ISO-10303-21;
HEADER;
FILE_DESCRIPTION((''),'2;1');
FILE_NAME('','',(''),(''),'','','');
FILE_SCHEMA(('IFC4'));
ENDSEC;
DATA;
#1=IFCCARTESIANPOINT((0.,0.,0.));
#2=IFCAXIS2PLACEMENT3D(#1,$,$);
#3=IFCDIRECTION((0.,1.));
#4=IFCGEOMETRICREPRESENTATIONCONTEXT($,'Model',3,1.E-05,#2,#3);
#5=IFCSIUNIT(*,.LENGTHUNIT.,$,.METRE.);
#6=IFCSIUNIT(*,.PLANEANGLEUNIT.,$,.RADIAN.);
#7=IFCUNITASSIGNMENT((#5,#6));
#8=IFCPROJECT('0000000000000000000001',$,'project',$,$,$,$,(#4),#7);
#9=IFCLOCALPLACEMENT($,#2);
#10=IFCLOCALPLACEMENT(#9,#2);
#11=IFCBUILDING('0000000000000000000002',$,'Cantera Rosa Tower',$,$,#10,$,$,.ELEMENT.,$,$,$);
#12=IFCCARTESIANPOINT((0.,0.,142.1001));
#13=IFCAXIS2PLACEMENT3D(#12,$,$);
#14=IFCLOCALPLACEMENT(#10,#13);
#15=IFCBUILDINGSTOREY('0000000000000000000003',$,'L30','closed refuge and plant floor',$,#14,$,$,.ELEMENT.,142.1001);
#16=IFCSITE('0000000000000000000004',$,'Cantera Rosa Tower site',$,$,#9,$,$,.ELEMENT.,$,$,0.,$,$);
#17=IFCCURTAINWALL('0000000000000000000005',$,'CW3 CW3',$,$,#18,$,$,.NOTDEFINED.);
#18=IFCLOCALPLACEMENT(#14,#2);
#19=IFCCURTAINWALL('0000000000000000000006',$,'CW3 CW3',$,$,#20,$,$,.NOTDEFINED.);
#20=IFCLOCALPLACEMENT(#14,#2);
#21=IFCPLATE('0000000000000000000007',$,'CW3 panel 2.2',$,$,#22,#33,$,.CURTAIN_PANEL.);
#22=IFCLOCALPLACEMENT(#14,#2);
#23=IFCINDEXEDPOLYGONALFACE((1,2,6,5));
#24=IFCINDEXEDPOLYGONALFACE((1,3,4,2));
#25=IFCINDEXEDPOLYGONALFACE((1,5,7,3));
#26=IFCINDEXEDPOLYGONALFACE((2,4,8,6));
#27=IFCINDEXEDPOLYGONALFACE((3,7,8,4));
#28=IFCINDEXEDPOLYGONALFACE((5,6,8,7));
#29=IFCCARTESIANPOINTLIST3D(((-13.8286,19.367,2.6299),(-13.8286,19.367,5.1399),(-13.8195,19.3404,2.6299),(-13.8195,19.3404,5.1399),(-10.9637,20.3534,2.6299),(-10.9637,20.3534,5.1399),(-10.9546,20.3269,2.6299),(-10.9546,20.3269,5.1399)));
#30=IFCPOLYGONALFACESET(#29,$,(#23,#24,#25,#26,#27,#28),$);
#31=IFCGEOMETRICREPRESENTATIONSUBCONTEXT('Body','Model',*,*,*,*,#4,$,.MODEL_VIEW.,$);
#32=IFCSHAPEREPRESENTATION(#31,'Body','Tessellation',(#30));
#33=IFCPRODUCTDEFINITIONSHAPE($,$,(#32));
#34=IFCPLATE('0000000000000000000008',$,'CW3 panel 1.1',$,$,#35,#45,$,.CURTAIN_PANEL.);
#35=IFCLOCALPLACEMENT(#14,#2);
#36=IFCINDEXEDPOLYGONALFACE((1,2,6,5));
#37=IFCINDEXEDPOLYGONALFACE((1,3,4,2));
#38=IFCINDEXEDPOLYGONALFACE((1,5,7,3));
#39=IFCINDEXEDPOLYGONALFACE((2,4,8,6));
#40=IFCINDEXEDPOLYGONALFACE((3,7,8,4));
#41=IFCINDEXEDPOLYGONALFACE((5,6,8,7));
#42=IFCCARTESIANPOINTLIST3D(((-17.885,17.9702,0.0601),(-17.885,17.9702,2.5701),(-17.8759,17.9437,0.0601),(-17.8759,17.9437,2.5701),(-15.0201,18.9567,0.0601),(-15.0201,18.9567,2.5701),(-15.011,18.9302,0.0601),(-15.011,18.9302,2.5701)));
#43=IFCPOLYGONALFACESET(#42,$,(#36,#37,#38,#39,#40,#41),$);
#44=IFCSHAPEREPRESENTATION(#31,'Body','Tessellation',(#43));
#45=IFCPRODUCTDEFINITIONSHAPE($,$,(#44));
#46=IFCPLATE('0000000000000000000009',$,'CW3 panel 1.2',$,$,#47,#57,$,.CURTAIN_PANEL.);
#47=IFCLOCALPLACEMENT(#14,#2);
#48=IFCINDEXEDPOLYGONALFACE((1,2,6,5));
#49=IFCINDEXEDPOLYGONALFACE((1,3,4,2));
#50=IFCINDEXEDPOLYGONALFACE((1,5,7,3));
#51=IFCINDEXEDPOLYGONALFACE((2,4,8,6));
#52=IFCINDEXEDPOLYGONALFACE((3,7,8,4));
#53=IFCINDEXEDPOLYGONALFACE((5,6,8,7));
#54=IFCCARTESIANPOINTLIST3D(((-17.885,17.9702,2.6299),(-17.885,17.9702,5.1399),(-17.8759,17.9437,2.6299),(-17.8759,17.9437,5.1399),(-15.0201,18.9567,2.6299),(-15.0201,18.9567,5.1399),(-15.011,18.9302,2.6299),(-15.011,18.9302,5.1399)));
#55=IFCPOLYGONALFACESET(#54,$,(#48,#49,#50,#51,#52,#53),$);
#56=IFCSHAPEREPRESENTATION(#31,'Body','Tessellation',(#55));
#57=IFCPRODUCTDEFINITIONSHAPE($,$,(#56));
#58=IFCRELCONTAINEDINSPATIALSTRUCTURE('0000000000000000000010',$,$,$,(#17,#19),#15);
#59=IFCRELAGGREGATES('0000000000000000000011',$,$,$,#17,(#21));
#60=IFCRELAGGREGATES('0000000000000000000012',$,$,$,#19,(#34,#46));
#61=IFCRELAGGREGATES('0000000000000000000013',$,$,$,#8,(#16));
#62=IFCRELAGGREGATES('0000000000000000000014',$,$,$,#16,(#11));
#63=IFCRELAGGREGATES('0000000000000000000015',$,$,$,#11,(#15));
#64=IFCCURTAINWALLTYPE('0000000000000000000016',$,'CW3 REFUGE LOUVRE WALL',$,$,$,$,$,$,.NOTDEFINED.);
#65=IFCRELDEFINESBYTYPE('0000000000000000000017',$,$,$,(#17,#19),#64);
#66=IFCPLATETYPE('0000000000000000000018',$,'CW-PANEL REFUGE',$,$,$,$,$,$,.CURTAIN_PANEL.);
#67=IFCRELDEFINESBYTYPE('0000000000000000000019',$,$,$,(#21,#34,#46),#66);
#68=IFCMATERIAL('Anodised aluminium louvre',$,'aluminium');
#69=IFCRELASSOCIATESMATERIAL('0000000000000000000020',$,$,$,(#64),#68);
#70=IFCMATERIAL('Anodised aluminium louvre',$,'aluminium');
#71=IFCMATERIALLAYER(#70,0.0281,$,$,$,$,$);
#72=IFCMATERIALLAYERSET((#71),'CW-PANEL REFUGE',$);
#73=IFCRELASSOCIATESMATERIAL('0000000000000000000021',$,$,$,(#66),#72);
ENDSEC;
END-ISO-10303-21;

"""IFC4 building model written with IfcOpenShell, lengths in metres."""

from ifc_helpers import new_model, si_unit, direction, frame, origin, origin_2d, place, context, subcontext, project, spatial, rectangle, extrude, material, layer, layer_set, type_object, element, aggregate, save


model = new_model("IFC4")

# Units and contexts
model_context = context("Model", 3, precision=1e-05, world=origin(), true_north=direction((0.0, 1.0)))
body_context = subcontext(model_context, "Body", "Model", "MODEL_VIEW")
ifc_project = project(units=[si_unit("LENGTHUNIT", "METRE"), si_unit("PLANEANGLEUNIT", "RADIAN")], contexts=[model_context])

# Site, building, storey
site_placement = place(None, origin())
site = spatial("IfcSite", under=ifc_project, at=site_placement, Name="Cantera Rosa Tower site", CompositionType="ELEMENT", RefElevation=0.0)
building_placement = place(site_placement, origin())
building = spatial("IfcBuilding", under=site, at=building_placement, Name="Cantera Rosa Tower", CompositionType="ELEMENT")
storey_placement = place(building_placement, frame((0.0, 0.0, 142.1001)))
storey = spatial("IfcBuildingStorey", under=building, at=storey_placement, Name="L30", Description="closed refuge and plant floor", CompositionType="ELEMENT", Elevation=142.1001)

# Curtain wall
ifc_material_1 = material(Name="Anodised aluminium louvre", Category="aluminium")
curtain_wall_type = type_object("IfcCurtainWallType", Name="CW3 REFUGE LOUVRE WALL", PredefinedType="NOTDEFINED", material=ifc_material_1)
curtain_wall_1_placement = place(storey_placement, origin())
curtain_wall_1 = element("IfcCurtainWall", 1, at=curtain_wall_1_placement, inside=storey, type_object=curtain_wall_type, Name="CW3 CW3", PredefinedType="NOTDEFINED")

# Curtain wall
curtain_wall_2_placement = place(storey_placement, origin())
curtain_wall_2 = element("IfcCurtainWall", 2, at=curtain_wall_2_placement, inside=storey, type_object=curtain_wall_type, Name="CW3 CW3", PredefinedType="NOTDEFINED")

# Plates
ifc_material_2 = material(Name="Anodised aluminium louvre", Category="aluminium")
ifc_layer = layer(ifc_material_2, 0.0281)
ifc_layer_set = layer_set([ifc_layer], Name="CW-PANEL REFUGE")
plate_type = type_object("IfcPlateType", Name="CW-PANEL REFUGE", PredefinedType="CURTAIN_PANEL", material=ifc_layer_set)
plate_1_placement = place(storey_placement, frame((-12.3916, 19.8469, 2.6299), z_axis=(0.0, 0.0, 1.0), x_axis=(-0.945519, -0.325568, 0.0)))
plate_1 = element("IfcPlate", 3, at=plate_1_placement, type_object=plate_type, Name="CW3 panel 2.2", PredefinedType="CURTAIN_PANEL", context=body_context, shape_type="SweptSolid", body=[
    extrude(rectangle(XDim=3.03, YDim=0.0281, at=origin_2d()), origin(), (0.0, 0.0, 1.0), 2.51),
])
aggregate(curtain_wall_1, [plate_1])
plate_2_placement = place(storey_placement, frame((-16.448, 18.4502, 0.0601), z_axis=(0.0, 0.0, 1.0), x_axis=(-0.945519, -0.325568, 0.0)))
plate_2 = element("IfcPlate", 4, at=plate_2_placement, type_object=plate_type, Name="CW3 panel 1.1", PredefinedType="CURTAIN_PANEL", context=body_context, shape_type="SweptSolid", body=[
    extrude(rectangle(XDim=3.03, YDim=0.0281, at=origin_2d()), origin(), (0.0, 0.0, 1.0), 2.51),
])
plate_3_placement = place(storey_placement, frame((-16.448, 18.4502, 2.6299), z_axis=(0.0, 0.0, 1.0), x_axis=(-0.945519, -0.325568, 0.0)))
plate_3 = element("IfcPlate", 5, at=plate_3_placement, type_object=plate_type, Name="CW3 panel 1.2", PredefinedType="CURTAIN_PANEL", context=body_context, shape_type="SweptSolid", body=[
    extrude(rectangle(XDim=3.03, YDim=0.0281, at=origin_2d()), origin(), (0.0, 0.0, 1.0), 2.51),
])
aggregate(curtain_wall_2, [plate_2, plate_3])

save(model, "model.ifc")
